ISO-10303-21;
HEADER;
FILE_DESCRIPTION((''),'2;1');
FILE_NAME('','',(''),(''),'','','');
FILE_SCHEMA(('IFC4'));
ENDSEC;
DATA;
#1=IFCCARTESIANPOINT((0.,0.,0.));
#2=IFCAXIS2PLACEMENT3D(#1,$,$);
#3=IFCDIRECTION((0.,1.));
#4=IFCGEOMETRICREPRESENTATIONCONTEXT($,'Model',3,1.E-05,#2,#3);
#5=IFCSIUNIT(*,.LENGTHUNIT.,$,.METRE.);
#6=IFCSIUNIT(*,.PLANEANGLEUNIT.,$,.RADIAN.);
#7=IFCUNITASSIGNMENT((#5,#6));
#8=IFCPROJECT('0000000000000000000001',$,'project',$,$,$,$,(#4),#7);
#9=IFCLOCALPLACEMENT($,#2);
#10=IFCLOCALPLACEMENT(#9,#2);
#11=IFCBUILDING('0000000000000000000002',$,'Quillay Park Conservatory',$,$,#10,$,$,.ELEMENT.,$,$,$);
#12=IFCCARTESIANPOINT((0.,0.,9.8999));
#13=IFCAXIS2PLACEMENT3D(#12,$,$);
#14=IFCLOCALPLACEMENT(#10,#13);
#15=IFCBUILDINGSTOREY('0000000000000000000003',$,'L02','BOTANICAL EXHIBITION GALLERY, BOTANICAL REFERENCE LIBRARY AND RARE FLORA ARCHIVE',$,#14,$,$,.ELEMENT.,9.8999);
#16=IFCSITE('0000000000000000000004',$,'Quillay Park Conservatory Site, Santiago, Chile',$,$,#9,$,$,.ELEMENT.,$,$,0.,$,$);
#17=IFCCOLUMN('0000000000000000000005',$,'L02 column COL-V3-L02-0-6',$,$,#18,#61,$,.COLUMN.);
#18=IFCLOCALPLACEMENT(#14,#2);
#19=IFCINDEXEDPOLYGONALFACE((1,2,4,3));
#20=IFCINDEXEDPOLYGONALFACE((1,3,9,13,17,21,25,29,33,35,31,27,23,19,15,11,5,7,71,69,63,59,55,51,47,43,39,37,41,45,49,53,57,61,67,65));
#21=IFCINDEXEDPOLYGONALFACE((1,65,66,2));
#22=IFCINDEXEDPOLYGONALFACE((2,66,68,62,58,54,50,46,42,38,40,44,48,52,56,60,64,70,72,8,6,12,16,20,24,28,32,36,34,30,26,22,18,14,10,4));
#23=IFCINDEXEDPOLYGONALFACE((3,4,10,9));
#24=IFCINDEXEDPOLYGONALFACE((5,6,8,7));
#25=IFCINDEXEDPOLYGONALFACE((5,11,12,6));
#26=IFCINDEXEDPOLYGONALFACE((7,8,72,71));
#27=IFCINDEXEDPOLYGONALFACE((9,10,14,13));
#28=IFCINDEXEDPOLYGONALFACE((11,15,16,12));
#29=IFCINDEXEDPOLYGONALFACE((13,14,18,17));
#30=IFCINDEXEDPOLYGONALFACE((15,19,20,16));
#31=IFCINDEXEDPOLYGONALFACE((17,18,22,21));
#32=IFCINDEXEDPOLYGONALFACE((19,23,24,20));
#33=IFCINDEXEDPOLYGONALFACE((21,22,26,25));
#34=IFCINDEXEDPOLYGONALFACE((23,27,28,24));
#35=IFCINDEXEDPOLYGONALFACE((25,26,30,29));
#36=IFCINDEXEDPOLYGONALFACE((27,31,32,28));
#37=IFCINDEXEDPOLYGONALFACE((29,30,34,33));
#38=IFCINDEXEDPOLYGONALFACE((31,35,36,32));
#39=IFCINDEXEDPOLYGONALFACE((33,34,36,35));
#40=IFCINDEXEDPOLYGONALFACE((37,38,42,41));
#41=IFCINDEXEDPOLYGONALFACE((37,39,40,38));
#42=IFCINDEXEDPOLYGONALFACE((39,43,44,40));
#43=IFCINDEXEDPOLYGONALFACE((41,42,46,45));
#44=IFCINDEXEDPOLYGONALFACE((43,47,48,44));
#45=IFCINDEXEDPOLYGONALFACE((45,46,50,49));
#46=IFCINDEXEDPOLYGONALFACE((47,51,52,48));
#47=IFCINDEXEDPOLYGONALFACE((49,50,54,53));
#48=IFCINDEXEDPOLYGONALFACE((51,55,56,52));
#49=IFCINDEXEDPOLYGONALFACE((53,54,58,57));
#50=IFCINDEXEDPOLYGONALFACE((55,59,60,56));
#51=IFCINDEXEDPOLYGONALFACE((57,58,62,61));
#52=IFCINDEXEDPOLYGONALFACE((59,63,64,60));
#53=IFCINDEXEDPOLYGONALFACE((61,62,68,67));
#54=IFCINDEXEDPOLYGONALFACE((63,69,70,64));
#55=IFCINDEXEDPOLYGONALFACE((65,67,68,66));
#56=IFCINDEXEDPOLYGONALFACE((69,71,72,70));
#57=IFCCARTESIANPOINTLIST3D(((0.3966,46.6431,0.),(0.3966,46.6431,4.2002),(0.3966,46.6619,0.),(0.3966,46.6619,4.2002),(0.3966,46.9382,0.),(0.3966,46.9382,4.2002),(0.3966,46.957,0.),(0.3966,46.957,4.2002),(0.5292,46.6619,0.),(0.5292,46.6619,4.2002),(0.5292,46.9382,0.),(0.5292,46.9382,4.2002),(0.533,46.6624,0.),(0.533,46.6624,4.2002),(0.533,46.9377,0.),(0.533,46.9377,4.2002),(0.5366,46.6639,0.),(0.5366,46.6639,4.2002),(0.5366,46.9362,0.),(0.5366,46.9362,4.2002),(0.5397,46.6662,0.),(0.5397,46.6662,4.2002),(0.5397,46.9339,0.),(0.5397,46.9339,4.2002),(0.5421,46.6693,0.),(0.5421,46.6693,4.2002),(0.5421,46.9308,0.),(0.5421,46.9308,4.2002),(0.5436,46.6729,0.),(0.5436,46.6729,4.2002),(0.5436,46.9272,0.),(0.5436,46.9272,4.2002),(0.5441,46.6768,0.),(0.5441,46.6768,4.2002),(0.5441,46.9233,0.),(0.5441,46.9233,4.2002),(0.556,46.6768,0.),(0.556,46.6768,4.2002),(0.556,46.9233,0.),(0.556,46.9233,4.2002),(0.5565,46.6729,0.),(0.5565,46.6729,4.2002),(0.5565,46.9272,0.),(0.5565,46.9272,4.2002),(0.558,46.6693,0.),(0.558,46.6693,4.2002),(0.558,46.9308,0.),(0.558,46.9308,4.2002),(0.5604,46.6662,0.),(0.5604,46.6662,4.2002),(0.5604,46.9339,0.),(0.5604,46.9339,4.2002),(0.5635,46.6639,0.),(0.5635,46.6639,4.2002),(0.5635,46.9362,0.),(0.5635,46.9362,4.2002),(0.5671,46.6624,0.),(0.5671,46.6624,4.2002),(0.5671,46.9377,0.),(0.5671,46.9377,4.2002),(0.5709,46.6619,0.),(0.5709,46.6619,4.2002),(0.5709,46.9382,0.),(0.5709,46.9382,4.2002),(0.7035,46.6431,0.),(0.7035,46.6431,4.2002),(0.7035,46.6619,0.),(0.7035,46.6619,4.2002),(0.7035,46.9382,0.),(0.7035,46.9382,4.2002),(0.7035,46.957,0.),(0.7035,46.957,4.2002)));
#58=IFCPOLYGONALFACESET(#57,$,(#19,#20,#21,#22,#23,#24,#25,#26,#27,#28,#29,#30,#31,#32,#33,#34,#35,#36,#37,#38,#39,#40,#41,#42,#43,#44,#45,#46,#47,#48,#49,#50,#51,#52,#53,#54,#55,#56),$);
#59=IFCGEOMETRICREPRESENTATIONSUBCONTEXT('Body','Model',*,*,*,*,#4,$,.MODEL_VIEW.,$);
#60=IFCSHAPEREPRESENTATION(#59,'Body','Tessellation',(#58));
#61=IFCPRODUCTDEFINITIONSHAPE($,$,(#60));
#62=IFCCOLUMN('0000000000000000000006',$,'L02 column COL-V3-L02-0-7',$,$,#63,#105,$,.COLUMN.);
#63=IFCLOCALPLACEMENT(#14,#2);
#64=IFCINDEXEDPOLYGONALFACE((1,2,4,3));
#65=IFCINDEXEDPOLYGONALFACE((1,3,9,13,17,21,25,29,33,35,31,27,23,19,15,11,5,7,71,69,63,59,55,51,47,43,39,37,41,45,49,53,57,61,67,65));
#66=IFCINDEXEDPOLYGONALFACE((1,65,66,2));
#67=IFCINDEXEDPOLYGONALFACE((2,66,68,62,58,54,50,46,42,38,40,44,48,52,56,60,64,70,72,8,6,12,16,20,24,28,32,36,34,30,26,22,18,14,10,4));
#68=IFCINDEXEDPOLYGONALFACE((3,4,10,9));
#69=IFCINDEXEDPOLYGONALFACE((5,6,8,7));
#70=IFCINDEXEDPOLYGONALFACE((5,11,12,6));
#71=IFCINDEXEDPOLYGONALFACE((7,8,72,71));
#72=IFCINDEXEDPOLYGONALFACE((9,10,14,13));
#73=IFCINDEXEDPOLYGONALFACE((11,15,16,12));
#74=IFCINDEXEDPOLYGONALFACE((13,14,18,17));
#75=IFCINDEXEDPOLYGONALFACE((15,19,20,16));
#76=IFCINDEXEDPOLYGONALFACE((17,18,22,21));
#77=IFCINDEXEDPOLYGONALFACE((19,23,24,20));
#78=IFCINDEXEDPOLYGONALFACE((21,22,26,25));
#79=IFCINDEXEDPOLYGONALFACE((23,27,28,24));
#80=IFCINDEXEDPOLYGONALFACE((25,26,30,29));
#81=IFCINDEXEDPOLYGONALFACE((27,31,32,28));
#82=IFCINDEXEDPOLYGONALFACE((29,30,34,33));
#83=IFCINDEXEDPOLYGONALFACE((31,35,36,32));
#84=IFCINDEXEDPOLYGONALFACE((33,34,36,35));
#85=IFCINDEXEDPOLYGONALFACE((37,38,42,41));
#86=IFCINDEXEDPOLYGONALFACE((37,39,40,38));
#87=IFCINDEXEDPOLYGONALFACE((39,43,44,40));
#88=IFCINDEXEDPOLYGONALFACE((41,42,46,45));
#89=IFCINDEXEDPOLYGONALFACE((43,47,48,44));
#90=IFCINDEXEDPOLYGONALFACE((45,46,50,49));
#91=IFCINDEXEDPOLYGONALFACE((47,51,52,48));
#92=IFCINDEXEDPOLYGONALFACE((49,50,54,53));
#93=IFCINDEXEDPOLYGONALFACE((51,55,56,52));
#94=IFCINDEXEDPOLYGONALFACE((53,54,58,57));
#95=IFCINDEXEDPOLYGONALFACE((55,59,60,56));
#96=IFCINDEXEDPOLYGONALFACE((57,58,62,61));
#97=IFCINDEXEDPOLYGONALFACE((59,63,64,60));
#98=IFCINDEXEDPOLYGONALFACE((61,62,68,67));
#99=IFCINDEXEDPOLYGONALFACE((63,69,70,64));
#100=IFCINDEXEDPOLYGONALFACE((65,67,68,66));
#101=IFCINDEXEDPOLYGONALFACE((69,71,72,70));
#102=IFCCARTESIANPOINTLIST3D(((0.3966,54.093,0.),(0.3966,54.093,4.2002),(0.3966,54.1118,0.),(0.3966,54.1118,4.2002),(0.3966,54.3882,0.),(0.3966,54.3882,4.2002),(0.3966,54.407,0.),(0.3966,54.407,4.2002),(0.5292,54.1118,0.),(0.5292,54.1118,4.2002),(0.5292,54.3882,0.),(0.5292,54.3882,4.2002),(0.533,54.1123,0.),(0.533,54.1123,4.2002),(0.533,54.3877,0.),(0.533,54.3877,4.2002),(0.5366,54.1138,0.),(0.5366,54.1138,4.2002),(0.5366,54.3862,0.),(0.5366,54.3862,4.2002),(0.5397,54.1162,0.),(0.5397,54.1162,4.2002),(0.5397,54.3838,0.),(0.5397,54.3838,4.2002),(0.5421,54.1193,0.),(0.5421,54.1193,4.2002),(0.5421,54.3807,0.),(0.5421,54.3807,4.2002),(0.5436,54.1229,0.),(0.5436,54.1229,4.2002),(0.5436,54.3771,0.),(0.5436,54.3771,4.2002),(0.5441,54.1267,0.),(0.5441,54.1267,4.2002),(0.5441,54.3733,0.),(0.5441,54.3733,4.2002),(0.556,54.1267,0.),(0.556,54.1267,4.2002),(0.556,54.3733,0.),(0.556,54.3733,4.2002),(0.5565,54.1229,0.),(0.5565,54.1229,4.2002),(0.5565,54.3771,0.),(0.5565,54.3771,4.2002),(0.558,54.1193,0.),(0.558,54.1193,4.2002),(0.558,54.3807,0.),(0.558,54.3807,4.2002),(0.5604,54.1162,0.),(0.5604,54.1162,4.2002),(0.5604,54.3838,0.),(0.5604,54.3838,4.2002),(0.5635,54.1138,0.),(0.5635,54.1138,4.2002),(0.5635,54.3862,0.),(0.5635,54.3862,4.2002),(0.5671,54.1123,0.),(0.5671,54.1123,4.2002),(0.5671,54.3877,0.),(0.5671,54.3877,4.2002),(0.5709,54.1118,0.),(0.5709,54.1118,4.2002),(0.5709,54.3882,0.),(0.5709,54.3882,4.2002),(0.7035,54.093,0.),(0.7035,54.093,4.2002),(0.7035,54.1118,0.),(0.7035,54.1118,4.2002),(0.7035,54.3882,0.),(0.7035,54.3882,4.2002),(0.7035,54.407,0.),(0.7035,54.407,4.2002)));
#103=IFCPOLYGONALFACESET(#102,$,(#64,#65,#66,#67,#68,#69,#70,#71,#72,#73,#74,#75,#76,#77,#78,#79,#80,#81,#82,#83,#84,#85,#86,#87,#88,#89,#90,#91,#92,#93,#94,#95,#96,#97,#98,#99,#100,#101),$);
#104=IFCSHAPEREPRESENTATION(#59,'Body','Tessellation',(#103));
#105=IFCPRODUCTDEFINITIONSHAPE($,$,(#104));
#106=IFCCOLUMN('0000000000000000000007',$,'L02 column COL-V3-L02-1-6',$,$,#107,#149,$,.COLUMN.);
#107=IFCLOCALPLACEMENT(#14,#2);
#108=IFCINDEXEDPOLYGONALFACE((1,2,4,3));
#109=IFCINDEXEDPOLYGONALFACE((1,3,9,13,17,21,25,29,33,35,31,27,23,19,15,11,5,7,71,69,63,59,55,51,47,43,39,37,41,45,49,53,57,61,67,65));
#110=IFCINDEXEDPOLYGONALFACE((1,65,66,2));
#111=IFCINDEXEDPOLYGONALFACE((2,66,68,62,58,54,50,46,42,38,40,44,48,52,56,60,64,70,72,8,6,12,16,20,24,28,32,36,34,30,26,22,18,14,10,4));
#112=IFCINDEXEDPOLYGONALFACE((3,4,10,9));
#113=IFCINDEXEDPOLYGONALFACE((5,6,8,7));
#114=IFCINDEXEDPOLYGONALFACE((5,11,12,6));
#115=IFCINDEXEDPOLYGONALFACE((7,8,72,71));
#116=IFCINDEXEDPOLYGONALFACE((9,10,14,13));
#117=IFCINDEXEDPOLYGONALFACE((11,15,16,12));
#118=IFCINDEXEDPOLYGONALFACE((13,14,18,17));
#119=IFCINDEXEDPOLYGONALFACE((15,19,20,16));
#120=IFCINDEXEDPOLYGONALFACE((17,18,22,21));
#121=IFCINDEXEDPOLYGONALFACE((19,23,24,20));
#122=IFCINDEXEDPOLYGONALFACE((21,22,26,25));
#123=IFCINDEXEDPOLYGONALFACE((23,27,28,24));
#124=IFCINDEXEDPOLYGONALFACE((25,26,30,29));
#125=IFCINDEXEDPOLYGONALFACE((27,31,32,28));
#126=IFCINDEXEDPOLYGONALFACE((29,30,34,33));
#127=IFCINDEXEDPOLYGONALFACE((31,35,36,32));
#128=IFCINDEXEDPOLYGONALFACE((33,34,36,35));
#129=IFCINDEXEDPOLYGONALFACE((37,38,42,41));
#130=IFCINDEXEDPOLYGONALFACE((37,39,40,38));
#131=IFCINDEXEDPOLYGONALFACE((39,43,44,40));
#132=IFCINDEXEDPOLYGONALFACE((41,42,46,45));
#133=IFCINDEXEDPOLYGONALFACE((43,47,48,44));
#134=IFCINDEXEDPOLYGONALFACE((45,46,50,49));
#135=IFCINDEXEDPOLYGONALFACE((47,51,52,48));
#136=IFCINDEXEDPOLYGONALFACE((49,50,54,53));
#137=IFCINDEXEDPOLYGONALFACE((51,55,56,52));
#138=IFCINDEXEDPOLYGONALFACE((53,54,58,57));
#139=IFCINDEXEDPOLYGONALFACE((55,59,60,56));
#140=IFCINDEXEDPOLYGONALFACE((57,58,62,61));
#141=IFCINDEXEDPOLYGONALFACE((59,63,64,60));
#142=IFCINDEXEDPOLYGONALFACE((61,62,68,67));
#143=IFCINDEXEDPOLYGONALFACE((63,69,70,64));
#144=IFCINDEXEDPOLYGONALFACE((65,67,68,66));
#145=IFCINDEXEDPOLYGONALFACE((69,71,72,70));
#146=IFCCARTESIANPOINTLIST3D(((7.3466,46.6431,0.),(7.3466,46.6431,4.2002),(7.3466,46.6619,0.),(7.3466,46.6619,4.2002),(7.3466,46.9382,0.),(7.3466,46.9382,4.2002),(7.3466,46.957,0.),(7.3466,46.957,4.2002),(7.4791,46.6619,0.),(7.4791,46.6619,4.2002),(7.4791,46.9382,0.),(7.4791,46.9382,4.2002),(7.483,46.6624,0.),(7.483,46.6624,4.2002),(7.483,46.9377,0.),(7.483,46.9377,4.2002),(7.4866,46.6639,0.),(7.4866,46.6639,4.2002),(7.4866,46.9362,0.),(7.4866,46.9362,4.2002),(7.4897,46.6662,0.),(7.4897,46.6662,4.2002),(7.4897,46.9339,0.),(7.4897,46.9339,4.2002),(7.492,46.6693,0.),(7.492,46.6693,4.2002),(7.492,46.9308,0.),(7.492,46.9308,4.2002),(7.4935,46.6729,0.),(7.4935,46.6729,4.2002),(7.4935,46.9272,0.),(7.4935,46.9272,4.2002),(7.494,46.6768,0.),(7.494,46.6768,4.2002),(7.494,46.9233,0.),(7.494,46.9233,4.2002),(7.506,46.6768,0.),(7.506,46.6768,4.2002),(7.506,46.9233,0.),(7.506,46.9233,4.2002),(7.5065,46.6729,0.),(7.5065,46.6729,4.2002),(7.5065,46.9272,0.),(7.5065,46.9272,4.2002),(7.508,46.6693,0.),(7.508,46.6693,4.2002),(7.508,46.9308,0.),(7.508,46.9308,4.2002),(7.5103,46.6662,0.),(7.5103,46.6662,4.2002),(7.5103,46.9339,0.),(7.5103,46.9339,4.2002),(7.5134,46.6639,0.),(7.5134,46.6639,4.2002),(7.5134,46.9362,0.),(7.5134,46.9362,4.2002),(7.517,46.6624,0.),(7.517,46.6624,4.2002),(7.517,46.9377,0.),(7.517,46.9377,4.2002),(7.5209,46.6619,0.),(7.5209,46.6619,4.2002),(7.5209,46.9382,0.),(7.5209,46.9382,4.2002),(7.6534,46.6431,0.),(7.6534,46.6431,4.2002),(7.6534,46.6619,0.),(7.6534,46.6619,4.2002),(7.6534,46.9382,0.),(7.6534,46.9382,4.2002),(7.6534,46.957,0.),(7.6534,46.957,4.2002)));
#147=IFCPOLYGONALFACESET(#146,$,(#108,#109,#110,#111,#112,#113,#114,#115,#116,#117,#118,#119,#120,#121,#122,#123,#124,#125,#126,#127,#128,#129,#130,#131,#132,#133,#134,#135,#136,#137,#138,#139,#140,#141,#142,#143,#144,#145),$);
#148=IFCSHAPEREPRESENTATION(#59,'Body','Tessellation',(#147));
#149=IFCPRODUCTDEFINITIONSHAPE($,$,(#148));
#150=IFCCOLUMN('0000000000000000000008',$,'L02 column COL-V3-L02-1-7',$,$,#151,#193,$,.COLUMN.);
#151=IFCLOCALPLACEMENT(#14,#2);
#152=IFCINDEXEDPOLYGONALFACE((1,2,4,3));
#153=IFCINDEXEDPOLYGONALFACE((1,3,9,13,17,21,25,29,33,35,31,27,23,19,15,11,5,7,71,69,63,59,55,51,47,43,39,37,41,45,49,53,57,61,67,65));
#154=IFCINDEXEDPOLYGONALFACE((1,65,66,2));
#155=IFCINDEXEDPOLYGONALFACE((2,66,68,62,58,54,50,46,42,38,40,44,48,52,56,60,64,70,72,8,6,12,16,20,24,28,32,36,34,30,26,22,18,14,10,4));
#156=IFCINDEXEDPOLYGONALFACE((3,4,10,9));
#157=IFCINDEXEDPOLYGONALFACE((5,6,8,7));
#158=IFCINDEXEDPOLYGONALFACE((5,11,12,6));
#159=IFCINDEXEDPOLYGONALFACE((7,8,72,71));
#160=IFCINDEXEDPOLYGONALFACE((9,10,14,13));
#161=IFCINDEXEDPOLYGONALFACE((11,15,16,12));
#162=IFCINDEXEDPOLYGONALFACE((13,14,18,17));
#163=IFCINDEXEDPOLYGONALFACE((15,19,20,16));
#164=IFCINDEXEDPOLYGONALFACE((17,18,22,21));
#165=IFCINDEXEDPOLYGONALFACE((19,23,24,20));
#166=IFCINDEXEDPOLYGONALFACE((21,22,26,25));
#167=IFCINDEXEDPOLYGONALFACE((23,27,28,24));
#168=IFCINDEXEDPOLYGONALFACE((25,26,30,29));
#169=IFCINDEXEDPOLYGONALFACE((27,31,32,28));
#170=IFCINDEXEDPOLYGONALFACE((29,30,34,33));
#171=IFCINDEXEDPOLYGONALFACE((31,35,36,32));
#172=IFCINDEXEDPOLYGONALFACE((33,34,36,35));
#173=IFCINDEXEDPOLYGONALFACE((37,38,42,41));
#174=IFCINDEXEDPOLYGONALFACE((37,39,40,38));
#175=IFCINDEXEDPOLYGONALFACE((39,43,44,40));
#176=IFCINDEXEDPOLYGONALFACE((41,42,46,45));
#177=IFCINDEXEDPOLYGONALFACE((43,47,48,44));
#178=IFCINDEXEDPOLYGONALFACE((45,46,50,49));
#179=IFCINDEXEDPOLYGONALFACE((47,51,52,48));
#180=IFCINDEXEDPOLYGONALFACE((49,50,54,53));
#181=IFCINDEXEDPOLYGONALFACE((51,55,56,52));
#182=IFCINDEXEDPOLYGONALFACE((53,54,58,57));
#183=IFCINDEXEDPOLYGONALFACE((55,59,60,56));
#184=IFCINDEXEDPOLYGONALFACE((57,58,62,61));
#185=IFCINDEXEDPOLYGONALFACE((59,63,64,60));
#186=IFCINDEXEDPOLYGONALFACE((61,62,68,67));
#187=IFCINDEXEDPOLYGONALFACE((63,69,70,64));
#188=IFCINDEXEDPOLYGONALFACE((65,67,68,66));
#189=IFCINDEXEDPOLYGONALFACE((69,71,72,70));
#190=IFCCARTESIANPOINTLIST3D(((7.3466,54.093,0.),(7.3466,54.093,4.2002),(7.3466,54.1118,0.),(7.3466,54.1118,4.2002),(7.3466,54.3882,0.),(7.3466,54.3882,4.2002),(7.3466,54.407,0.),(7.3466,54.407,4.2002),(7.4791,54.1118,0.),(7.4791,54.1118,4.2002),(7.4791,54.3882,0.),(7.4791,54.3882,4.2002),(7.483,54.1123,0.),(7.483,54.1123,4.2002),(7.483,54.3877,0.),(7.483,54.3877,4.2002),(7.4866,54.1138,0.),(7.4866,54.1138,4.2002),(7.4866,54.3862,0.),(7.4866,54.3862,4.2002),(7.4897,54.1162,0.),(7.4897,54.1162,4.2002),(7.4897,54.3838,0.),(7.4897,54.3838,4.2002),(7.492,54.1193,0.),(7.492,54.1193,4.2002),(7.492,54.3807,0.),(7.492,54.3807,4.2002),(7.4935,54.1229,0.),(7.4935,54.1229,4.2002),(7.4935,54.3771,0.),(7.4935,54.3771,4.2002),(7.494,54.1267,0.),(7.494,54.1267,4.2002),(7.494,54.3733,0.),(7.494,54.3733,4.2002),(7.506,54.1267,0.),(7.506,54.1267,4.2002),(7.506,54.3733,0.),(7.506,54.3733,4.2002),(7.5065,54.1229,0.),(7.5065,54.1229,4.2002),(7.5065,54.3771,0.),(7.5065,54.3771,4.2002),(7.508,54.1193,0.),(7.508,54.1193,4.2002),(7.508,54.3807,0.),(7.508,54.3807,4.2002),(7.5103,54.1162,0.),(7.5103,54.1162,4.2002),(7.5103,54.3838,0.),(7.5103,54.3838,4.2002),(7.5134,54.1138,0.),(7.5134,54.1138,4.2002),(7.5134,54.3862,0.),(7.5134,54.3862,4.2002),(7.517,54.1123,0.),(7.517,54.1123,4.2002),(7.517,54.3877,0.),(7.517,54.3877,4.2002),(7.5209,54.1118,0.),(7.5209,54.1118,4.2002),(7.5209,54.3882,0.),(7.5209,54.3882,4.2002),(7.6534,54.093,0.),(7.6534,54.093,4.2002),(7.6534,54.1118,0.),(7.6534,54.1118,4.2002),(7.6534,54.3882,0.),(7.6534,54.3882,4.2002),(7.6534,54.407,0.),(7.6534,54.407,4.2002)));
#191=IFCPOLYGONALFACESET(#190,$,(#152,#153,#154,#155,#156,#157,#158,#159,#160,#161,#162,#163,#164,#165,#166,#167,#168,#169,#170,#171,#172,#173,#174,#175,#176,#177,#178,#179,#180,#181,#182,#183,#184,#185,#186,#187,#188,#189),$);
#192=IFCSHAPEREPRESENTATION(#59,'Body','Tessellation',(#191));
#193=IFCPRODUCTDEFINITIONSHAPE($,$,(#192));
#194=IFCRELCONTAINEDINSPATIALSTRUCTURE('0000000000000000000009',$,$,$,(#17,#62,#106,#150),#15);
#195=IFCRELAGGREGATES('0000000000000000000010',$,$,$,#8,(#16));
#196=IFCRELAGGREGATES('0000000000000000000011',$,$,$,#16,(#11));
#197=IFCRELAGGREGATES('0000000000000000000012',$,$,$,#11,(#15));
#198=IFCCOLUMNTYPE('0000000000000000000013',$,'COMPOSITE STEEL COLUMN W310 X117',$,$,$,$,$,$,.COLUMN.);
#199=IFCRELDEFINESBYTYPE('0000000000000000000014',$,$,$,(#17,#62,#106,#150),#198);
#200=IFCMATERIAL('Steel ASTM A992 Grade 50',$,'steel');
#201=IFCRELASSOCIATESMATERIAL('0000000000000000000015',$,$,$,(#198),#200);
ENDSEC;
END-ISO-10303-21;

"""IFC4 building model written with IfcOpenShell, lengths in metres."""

from ifc_helpers import new_model, si_unit, direction, frame, origin, origin_2d, place, context, subcontext, project, spatial, i_section, extrude, material, material_profile, profile_set, type_object, element, save


model = new_model("IFC4")

# Units and contexts
model_context = context("Model", 3, precision=1e-05, world=origin(), true_north=direction((0.0, 1.0)))
body_context = subcontext(model_context, "Body", "Model", "MODEL_VIEW")
ifc_project = project(units=[si_unit("LENGTHUNIT", "METRE"), si_unit("PLANEANGLEUNIT", "RADIAN")], contexts=[model_context])

# Site, building, storey
site_placement = place(None, origin())
site = spatial("IfcSite", under=ifc_project, at=site_placement, Name="Quillay Park Conservatory Site, Santiago, Chile", CompositionType="ELEMENT", RefElevation=0.0)
building_placement = place(site_placement, origin())
building = spatial("IfcBuilding", under=site, at=building_placement, Name="Quillay Park Conservatory", CompositionType="ELEMENT")
storey_placement = place(building_placement, frame((0.0, 0.0, 9.8999)))
storey = spatial("IfcBuildingStorey", under=building, at=storey_placement, Name="L02", Description="BOTANICAL EXHIBITION GALLERY, BOTANICAL REFERENCE LIBRARY AND RARE FLORA ARCHIVE", CompositionType="ELEMENT", Elevation=9.8999)

# Columns
ifc_material_1 = material(Name="Steel ASTM A992 Grade 50", Category="steel")
ifc_material_profile_1 = material_profile(ifc_material_1, i_section(OverallWidth=0.3069, OverallDepth=0.314, WebThickness=0.012, FlangeThickness=0.0188, FilletRadius=0.0149, at=origin_2d()), Name="W310x117")
ifc_profile_set_1 = profile_set([ifc_material_profile_1], Name="Steel ASTM A992 Grade 50")
column_type = type_object("IfcColumnType", Name="COMPOSITE STEEL COLUMN W310 X117", PredefinedType="COLUMN", material=ifc_profile_set_1)
for number, where, z_axis, x_axis, name in (
    (1, (0.55, 46.8, 0.0), (0.0, 0.0, 1.0), (1.0, 0.0, 0.0), "L02 column COL-V3-L02-0-6"),
    (2, (0.55, 54.25, 0.0), (0.0, 0.0, 1.0), (1.0, 0.0, 0.0), "L02 column COL-V3-L02-0-7"),
    (3, (7.5, 46.8, 0.0), (0.0, 0.0, 1.0), (1.0, 0.0, 0.0), "L02 column COL-V3-L02-1-6"),
    (4, (7.5, 54.25, 0.0), (0.0, 0.0, 1.0), (1.0, 0.0, 0.0), "L02 column COL-V3-L02-1-7"),
):
    element("IfcColumn", number, at=place(storey_placement, frame(where, z_axis=z_axis, x_axis=x_axis)), inside=storey, type_object=column_type, Name=name, PredefinedType="COLUMN", context=body_context, shape_type="SweptSolid", body=[
        extrude(i_section(OverallWidth=0.3069, OverallDepth=0.314, WebThickness=0.012, FlangeThickness=0.0188, FilletRadius=0.0149, at=origin_2d()), origin(), (0.0, 0.0, 1.0), 4.2002),
    ])

save(model, "model.ifc")
